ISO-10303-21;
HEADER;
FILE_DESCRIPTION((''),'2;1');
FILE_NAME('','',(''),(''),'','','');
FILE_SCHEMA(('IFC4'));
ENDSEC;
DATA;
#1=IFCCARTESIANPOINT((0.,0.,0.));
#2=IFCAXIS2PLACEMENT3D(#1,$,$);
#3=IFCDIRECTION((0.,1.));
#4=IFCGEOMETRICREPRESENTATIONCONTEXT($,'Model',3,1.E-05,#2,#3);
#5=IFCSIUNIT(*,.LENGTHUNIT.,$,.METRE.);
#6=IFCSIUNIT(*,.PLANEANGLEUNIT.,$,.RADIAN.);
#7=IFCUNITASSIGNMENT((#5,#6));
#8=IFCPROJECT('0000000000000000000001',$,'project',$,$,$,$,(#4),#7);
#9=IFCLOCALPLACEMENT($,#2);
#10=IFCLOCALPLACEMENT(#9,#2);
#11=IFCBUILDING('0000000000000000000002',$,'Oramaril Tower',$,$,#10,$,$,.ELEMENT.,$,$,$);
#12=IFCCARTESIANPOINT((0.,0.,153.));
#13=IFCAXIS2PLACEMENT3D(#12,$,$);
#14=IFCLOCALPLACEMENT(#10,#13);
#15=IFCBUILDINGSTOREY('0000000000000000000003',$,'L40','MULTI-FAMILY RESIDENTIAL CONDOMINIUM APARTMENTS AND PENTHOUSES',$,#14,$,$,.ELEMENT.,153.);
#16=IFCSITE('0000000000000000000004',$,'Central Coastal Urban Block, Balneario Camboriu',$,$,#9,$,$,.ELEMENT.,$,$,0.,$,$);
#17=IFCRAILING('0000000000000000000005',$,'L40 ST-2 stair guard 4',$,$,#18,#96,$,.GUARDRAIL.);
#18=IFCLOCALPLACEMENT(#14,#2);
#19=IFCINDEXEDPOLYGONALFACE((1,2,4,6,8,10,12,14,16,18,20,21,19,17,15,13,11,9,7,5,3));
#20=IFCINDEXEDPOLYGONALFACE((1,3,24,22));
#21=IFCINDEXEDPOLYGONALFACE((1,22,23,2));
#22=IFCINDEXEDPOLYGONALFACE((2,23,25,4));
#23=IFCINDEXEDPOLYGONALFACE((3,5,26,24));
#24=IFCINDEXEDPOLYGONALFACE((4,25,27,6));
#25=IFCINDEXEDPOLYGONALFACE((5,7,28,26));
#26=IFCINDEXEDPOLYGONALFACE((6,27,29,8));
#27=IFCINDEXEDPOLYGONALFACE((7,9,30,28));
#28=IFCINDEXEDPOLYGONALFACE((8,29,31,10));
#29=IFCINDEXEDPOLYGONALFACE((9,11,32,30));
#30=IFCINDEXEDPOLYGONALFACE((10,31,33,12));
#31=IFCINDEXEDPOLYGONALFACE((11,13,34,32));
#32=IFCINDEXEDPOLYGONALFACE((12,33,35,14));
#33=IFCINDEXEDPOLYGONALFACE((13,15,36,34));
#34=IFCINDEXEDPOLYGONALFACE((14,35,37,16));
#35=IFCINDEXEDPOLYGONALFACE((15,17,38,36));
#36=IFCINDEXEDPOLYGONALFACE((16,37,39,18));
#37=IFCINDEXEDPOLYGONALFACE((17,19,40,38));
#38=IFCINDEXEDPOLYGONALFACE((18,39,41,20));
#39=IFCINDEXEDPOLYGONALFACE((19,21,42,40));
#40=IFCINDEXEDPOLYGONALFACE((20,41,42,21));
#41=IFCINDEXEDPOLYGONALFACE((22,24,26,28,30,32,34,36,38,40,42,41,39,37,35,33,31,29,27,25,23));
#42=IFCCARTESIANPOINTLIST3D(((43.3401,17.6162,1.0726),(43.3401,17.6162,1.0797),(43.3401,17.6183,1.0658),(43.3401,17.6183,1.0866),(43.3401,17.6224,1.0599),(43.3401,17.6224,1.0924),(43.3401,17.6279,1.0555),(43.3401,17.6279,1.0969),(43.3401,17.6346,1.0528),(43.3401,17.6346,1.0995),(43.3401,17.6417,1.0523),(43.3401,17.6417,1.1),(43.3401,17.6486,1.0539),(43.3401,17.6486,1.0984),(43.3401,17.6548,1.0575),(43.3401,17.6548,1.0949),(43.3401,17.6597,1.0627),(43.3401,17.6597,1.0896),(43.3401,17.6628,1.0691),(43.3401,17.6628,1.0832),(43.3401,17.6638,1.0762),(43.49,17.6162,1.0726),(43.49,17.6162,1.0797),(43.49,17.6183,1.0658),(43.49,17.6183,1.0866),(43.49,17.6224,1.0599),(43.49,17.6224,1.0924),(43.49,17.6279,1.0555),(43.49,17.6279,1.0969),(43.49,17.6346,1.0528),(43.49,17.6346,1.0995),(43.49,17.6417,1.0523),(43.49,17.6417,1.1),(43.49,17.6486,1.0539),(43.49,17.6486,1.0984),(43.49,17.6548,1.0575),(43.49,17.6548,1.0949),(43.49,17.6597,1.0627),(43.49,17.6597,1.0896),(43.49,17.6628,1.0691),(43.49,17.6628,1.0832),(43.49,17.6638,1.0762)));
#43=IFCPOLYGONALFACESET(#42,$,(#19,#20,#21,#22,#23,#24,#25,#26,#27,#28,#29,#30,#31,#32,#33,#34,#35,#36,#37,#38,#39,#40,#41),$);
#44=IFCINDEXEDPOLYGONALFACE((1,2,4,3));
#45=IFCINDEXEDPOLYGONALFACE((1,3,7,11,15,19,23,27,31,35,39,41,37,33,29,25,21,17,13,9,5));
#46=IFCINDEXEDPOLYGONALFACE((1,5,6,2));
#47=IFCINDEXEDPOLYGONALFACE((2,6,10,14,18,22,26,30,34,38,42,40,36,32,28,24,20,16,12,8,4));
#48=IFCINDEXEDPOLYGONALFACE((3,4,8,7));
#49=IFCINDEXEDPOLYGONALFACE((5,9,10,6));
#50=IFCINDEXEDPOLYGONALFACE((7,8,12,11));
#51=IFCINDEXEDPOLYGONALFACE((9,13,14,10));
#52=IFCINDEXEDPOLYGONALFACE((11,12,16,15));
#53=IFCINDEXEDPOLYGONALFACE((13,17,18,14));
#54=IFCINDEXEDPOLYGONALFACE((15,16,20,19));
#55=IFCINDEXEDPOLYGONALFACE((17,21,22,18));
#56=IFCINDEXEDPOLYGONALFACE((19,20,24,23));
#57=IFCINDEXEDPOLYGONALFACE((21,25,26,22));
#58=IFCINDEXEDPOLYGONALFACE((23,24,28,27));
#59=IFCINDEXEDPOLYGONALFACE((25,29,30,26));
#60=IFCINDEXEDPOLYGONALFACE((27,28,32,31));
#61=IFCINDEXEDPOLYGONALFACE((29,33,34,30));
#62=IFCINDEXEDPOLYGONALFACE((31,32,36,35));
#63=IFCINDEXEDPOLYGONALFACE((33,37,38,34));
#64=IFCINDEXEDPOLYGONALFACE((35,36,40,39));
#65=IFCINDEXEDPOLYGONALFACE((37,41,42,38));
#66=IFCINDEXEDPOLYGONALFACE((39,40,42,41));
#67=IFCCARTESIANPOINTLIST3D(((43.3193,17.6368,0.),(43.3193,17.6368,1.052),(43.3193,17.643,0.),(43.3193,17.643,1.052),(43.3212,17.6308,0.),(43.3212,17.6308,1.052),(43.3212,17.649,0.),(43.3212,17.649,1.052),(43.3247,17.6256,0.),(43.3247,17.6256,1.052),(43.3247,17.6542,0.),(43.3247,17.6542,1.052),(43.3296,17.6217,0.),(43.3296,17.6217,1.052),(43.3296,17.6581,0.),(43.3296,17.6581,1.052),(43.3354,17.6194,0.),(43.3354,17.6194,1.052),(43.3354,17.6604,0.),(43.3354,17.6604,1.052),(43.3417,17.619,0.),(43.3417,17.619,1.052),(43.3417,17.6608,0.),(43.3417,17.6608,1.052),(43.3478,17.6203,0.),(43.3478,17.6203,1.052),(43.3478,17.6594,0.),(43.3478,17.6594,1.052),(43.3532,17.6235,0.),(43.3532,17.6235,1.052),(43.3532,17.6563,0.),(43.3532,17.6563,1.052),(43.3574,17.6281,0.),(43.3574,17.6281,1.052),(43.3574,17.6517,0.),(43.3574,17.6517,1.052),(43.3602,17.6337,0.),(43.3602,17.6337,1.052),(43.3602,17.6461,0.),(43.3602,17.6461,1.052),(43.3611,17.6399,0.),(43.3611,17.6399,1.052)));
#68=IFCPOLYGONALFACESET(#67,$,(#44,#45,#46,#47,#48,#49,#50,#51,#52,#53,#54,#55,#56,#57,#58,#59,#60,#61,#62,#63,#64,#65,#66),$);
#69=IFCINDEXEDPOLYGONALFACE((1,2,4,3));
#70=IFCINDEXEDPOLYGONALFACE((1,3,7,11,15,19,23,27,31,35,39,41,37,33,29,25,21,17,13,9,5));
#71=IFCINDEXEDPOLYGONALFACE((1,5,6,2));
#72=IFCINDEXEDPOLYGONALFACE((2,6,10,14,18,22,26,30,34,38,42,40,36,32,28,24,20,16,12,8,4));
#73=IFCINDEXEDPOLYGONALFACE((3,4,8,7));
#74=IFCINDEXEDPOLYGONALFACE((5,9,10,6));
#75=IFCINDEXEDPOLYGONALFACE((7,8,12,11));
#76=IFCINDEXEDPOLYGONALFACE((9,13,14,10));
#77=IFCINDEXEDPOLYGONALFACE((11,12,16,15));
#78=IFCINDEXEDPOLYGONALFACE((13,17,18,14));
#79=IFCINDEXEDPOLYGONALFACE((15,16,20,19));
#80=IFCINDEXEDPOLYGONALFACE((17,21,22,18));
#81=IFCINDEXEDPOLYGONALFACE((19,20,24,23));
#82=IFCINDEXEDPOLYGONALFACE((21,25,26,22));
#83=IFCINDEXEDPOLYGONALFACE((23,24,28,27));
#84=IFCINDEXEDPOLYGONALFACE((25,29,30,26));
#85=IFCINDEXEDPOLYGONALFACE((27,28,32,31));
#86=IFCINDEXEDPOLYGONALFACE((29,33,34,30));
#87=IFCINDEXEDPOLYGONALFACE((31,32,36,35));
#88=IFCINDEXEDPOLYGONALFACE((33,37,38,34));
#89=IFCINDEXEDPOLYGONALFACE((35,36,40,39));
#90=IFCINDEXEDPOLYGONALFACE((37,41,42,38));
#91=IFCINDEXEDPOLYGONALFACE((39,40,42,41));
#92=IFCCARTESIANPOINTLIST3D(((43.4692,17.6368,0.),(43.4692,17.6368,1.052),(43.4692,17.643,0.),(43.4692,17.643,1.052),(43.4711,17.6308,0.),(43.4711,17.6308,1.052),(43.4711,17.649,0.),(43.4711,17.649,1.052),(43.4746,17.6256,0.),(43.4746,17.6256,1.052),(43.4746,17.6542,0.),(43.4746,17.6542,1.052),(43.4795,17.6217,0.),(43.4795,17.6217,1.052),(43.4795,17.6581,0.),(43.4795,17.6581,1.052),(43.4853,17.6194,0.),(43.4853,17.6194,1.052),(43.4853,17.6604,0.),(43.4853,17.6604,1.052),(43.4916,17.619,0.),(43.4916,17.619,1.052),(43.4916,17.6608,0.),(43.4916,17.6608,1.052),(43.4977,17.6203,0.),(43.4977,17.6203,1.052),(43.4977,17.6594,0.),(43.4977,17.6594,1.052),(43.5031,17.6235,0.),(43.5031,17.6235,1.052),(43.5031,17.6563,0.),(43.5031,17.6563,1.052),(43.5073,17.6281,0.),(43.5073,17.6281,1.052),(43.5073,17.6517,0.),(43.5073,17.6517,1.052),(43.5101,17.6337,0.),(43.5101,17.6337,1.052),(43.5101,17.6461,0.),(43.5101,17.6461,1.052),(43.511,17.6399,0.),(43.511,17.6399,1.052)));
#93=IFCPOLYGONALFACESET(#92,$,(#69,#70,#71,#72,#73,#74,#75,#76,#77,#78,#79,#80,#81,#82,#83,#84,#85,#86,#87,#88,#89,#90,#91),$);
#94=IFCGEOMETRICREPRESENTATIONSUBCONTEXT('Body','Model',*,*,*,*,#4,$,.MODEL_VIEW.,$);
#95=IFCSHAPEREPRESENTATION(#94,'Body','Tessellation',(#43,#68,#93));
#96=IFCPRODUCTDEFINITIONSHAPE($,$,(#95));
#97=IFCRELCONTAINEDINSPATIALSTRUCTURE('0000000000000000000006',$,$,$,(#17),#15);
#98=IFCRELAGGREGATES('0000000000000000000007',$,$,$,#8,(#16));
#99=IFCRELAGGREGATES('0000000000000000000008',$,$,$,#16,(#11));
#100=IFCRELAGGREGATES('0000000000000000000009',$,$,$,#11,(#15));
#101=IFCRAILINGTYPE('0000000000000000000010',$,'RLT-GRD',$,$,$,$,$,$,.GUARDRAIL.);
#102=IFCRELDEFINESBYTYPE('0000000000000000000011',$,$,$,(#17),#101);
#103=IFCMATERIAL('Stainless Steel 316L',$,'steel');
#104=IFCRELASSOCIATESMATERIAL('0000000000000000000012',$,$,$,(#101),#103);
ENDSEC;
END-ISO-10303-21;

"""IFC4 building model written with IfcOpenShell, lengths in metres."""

from ifc_helpers import new_model, si_unit, direction, frame, origin, origin_2d, place, context, subcontext, project, spatial, circle, extrude, material, type_object, element, save


model = new_model("IFC4")

# Units and contexts
model_context = context("Model", 3, precision=1e-05, world=origin(), true_north=direction((0.0, 1.0)))
body_context = subcontext(model_context, "Body", "Model", "MODEL_VIEW")
ifc_project = project(units=[si_unit("LENGTHUNIT", "METRE"), si_unit("PLANEANGLEUNIT", "RADIAN")], contexts=[model_context])

# Site, building, storey
site_placement = place(None, origin())
site = spatial("IfcSite", under=ifc_project, at=site_placement, Name="Central Coastal Urban Block, Balneario Camboriu", CompositionType="ELEMENT", RefElevation=0.0)
building_placement = place(site_placement, origin())
building = spatial("IfcBuilding", under=site, at=building_placement, Name="Oramaril Tower", CompositionType="ELEMENT")
storey_placement = place(building_placement, frame((0.0, 0.0, 153.0)))
storey = spatial("IfcBuildingStorey", under=building, at=storey_placement, Name="L40", Description="MULTI-FAMILY RESIDENTIAL CONDOMINIUM APARTMENTS AND PENTHOUSES", CompositionType="ELEMENT", Elevation=153.0)

# Railing
ifc_material_1 = material(Name="Stainless Steel 316L", Category="steel")
railing_type_1 = type_object("IfcRailingType", Name="RLT-GRD", PredefinedType="GUARDRAIL", material=ifc_material_1)
railing_1_placement = place(storey_placement, frame((43.3401, 17.6399, 0.0)))
element("IfcRailing", 1, at=railing_1_placement, inside=storey, type_object=railing_type_1, Name="L40 ST-2 stair guard 4", PredefinedType="GUARDRAIL", context=body_context, shape_type="SweptSolid", body=[
    extrude(circle(Radius=0.0239, at=origin_2d()), frame((0.0, 0.0, 1.0762), z_axis=(1.0, 0.0, 0.0), x_axis=(0.0, 1.0, 0.0)), (0.0, 0.0, 1.0), 0.1499),
    extrude(circle(Radius=0.021, at=origin_2d()), origin(), (0.0, 0.0, 1.0), 1.052),
    extrude(circle(Radius=0.021, at=origin_2d()), frame((0.1499, 0.0, 0.0)), (0.0, 0.0, 1.0), 1.052),
])

save(model, "model.ifc")
